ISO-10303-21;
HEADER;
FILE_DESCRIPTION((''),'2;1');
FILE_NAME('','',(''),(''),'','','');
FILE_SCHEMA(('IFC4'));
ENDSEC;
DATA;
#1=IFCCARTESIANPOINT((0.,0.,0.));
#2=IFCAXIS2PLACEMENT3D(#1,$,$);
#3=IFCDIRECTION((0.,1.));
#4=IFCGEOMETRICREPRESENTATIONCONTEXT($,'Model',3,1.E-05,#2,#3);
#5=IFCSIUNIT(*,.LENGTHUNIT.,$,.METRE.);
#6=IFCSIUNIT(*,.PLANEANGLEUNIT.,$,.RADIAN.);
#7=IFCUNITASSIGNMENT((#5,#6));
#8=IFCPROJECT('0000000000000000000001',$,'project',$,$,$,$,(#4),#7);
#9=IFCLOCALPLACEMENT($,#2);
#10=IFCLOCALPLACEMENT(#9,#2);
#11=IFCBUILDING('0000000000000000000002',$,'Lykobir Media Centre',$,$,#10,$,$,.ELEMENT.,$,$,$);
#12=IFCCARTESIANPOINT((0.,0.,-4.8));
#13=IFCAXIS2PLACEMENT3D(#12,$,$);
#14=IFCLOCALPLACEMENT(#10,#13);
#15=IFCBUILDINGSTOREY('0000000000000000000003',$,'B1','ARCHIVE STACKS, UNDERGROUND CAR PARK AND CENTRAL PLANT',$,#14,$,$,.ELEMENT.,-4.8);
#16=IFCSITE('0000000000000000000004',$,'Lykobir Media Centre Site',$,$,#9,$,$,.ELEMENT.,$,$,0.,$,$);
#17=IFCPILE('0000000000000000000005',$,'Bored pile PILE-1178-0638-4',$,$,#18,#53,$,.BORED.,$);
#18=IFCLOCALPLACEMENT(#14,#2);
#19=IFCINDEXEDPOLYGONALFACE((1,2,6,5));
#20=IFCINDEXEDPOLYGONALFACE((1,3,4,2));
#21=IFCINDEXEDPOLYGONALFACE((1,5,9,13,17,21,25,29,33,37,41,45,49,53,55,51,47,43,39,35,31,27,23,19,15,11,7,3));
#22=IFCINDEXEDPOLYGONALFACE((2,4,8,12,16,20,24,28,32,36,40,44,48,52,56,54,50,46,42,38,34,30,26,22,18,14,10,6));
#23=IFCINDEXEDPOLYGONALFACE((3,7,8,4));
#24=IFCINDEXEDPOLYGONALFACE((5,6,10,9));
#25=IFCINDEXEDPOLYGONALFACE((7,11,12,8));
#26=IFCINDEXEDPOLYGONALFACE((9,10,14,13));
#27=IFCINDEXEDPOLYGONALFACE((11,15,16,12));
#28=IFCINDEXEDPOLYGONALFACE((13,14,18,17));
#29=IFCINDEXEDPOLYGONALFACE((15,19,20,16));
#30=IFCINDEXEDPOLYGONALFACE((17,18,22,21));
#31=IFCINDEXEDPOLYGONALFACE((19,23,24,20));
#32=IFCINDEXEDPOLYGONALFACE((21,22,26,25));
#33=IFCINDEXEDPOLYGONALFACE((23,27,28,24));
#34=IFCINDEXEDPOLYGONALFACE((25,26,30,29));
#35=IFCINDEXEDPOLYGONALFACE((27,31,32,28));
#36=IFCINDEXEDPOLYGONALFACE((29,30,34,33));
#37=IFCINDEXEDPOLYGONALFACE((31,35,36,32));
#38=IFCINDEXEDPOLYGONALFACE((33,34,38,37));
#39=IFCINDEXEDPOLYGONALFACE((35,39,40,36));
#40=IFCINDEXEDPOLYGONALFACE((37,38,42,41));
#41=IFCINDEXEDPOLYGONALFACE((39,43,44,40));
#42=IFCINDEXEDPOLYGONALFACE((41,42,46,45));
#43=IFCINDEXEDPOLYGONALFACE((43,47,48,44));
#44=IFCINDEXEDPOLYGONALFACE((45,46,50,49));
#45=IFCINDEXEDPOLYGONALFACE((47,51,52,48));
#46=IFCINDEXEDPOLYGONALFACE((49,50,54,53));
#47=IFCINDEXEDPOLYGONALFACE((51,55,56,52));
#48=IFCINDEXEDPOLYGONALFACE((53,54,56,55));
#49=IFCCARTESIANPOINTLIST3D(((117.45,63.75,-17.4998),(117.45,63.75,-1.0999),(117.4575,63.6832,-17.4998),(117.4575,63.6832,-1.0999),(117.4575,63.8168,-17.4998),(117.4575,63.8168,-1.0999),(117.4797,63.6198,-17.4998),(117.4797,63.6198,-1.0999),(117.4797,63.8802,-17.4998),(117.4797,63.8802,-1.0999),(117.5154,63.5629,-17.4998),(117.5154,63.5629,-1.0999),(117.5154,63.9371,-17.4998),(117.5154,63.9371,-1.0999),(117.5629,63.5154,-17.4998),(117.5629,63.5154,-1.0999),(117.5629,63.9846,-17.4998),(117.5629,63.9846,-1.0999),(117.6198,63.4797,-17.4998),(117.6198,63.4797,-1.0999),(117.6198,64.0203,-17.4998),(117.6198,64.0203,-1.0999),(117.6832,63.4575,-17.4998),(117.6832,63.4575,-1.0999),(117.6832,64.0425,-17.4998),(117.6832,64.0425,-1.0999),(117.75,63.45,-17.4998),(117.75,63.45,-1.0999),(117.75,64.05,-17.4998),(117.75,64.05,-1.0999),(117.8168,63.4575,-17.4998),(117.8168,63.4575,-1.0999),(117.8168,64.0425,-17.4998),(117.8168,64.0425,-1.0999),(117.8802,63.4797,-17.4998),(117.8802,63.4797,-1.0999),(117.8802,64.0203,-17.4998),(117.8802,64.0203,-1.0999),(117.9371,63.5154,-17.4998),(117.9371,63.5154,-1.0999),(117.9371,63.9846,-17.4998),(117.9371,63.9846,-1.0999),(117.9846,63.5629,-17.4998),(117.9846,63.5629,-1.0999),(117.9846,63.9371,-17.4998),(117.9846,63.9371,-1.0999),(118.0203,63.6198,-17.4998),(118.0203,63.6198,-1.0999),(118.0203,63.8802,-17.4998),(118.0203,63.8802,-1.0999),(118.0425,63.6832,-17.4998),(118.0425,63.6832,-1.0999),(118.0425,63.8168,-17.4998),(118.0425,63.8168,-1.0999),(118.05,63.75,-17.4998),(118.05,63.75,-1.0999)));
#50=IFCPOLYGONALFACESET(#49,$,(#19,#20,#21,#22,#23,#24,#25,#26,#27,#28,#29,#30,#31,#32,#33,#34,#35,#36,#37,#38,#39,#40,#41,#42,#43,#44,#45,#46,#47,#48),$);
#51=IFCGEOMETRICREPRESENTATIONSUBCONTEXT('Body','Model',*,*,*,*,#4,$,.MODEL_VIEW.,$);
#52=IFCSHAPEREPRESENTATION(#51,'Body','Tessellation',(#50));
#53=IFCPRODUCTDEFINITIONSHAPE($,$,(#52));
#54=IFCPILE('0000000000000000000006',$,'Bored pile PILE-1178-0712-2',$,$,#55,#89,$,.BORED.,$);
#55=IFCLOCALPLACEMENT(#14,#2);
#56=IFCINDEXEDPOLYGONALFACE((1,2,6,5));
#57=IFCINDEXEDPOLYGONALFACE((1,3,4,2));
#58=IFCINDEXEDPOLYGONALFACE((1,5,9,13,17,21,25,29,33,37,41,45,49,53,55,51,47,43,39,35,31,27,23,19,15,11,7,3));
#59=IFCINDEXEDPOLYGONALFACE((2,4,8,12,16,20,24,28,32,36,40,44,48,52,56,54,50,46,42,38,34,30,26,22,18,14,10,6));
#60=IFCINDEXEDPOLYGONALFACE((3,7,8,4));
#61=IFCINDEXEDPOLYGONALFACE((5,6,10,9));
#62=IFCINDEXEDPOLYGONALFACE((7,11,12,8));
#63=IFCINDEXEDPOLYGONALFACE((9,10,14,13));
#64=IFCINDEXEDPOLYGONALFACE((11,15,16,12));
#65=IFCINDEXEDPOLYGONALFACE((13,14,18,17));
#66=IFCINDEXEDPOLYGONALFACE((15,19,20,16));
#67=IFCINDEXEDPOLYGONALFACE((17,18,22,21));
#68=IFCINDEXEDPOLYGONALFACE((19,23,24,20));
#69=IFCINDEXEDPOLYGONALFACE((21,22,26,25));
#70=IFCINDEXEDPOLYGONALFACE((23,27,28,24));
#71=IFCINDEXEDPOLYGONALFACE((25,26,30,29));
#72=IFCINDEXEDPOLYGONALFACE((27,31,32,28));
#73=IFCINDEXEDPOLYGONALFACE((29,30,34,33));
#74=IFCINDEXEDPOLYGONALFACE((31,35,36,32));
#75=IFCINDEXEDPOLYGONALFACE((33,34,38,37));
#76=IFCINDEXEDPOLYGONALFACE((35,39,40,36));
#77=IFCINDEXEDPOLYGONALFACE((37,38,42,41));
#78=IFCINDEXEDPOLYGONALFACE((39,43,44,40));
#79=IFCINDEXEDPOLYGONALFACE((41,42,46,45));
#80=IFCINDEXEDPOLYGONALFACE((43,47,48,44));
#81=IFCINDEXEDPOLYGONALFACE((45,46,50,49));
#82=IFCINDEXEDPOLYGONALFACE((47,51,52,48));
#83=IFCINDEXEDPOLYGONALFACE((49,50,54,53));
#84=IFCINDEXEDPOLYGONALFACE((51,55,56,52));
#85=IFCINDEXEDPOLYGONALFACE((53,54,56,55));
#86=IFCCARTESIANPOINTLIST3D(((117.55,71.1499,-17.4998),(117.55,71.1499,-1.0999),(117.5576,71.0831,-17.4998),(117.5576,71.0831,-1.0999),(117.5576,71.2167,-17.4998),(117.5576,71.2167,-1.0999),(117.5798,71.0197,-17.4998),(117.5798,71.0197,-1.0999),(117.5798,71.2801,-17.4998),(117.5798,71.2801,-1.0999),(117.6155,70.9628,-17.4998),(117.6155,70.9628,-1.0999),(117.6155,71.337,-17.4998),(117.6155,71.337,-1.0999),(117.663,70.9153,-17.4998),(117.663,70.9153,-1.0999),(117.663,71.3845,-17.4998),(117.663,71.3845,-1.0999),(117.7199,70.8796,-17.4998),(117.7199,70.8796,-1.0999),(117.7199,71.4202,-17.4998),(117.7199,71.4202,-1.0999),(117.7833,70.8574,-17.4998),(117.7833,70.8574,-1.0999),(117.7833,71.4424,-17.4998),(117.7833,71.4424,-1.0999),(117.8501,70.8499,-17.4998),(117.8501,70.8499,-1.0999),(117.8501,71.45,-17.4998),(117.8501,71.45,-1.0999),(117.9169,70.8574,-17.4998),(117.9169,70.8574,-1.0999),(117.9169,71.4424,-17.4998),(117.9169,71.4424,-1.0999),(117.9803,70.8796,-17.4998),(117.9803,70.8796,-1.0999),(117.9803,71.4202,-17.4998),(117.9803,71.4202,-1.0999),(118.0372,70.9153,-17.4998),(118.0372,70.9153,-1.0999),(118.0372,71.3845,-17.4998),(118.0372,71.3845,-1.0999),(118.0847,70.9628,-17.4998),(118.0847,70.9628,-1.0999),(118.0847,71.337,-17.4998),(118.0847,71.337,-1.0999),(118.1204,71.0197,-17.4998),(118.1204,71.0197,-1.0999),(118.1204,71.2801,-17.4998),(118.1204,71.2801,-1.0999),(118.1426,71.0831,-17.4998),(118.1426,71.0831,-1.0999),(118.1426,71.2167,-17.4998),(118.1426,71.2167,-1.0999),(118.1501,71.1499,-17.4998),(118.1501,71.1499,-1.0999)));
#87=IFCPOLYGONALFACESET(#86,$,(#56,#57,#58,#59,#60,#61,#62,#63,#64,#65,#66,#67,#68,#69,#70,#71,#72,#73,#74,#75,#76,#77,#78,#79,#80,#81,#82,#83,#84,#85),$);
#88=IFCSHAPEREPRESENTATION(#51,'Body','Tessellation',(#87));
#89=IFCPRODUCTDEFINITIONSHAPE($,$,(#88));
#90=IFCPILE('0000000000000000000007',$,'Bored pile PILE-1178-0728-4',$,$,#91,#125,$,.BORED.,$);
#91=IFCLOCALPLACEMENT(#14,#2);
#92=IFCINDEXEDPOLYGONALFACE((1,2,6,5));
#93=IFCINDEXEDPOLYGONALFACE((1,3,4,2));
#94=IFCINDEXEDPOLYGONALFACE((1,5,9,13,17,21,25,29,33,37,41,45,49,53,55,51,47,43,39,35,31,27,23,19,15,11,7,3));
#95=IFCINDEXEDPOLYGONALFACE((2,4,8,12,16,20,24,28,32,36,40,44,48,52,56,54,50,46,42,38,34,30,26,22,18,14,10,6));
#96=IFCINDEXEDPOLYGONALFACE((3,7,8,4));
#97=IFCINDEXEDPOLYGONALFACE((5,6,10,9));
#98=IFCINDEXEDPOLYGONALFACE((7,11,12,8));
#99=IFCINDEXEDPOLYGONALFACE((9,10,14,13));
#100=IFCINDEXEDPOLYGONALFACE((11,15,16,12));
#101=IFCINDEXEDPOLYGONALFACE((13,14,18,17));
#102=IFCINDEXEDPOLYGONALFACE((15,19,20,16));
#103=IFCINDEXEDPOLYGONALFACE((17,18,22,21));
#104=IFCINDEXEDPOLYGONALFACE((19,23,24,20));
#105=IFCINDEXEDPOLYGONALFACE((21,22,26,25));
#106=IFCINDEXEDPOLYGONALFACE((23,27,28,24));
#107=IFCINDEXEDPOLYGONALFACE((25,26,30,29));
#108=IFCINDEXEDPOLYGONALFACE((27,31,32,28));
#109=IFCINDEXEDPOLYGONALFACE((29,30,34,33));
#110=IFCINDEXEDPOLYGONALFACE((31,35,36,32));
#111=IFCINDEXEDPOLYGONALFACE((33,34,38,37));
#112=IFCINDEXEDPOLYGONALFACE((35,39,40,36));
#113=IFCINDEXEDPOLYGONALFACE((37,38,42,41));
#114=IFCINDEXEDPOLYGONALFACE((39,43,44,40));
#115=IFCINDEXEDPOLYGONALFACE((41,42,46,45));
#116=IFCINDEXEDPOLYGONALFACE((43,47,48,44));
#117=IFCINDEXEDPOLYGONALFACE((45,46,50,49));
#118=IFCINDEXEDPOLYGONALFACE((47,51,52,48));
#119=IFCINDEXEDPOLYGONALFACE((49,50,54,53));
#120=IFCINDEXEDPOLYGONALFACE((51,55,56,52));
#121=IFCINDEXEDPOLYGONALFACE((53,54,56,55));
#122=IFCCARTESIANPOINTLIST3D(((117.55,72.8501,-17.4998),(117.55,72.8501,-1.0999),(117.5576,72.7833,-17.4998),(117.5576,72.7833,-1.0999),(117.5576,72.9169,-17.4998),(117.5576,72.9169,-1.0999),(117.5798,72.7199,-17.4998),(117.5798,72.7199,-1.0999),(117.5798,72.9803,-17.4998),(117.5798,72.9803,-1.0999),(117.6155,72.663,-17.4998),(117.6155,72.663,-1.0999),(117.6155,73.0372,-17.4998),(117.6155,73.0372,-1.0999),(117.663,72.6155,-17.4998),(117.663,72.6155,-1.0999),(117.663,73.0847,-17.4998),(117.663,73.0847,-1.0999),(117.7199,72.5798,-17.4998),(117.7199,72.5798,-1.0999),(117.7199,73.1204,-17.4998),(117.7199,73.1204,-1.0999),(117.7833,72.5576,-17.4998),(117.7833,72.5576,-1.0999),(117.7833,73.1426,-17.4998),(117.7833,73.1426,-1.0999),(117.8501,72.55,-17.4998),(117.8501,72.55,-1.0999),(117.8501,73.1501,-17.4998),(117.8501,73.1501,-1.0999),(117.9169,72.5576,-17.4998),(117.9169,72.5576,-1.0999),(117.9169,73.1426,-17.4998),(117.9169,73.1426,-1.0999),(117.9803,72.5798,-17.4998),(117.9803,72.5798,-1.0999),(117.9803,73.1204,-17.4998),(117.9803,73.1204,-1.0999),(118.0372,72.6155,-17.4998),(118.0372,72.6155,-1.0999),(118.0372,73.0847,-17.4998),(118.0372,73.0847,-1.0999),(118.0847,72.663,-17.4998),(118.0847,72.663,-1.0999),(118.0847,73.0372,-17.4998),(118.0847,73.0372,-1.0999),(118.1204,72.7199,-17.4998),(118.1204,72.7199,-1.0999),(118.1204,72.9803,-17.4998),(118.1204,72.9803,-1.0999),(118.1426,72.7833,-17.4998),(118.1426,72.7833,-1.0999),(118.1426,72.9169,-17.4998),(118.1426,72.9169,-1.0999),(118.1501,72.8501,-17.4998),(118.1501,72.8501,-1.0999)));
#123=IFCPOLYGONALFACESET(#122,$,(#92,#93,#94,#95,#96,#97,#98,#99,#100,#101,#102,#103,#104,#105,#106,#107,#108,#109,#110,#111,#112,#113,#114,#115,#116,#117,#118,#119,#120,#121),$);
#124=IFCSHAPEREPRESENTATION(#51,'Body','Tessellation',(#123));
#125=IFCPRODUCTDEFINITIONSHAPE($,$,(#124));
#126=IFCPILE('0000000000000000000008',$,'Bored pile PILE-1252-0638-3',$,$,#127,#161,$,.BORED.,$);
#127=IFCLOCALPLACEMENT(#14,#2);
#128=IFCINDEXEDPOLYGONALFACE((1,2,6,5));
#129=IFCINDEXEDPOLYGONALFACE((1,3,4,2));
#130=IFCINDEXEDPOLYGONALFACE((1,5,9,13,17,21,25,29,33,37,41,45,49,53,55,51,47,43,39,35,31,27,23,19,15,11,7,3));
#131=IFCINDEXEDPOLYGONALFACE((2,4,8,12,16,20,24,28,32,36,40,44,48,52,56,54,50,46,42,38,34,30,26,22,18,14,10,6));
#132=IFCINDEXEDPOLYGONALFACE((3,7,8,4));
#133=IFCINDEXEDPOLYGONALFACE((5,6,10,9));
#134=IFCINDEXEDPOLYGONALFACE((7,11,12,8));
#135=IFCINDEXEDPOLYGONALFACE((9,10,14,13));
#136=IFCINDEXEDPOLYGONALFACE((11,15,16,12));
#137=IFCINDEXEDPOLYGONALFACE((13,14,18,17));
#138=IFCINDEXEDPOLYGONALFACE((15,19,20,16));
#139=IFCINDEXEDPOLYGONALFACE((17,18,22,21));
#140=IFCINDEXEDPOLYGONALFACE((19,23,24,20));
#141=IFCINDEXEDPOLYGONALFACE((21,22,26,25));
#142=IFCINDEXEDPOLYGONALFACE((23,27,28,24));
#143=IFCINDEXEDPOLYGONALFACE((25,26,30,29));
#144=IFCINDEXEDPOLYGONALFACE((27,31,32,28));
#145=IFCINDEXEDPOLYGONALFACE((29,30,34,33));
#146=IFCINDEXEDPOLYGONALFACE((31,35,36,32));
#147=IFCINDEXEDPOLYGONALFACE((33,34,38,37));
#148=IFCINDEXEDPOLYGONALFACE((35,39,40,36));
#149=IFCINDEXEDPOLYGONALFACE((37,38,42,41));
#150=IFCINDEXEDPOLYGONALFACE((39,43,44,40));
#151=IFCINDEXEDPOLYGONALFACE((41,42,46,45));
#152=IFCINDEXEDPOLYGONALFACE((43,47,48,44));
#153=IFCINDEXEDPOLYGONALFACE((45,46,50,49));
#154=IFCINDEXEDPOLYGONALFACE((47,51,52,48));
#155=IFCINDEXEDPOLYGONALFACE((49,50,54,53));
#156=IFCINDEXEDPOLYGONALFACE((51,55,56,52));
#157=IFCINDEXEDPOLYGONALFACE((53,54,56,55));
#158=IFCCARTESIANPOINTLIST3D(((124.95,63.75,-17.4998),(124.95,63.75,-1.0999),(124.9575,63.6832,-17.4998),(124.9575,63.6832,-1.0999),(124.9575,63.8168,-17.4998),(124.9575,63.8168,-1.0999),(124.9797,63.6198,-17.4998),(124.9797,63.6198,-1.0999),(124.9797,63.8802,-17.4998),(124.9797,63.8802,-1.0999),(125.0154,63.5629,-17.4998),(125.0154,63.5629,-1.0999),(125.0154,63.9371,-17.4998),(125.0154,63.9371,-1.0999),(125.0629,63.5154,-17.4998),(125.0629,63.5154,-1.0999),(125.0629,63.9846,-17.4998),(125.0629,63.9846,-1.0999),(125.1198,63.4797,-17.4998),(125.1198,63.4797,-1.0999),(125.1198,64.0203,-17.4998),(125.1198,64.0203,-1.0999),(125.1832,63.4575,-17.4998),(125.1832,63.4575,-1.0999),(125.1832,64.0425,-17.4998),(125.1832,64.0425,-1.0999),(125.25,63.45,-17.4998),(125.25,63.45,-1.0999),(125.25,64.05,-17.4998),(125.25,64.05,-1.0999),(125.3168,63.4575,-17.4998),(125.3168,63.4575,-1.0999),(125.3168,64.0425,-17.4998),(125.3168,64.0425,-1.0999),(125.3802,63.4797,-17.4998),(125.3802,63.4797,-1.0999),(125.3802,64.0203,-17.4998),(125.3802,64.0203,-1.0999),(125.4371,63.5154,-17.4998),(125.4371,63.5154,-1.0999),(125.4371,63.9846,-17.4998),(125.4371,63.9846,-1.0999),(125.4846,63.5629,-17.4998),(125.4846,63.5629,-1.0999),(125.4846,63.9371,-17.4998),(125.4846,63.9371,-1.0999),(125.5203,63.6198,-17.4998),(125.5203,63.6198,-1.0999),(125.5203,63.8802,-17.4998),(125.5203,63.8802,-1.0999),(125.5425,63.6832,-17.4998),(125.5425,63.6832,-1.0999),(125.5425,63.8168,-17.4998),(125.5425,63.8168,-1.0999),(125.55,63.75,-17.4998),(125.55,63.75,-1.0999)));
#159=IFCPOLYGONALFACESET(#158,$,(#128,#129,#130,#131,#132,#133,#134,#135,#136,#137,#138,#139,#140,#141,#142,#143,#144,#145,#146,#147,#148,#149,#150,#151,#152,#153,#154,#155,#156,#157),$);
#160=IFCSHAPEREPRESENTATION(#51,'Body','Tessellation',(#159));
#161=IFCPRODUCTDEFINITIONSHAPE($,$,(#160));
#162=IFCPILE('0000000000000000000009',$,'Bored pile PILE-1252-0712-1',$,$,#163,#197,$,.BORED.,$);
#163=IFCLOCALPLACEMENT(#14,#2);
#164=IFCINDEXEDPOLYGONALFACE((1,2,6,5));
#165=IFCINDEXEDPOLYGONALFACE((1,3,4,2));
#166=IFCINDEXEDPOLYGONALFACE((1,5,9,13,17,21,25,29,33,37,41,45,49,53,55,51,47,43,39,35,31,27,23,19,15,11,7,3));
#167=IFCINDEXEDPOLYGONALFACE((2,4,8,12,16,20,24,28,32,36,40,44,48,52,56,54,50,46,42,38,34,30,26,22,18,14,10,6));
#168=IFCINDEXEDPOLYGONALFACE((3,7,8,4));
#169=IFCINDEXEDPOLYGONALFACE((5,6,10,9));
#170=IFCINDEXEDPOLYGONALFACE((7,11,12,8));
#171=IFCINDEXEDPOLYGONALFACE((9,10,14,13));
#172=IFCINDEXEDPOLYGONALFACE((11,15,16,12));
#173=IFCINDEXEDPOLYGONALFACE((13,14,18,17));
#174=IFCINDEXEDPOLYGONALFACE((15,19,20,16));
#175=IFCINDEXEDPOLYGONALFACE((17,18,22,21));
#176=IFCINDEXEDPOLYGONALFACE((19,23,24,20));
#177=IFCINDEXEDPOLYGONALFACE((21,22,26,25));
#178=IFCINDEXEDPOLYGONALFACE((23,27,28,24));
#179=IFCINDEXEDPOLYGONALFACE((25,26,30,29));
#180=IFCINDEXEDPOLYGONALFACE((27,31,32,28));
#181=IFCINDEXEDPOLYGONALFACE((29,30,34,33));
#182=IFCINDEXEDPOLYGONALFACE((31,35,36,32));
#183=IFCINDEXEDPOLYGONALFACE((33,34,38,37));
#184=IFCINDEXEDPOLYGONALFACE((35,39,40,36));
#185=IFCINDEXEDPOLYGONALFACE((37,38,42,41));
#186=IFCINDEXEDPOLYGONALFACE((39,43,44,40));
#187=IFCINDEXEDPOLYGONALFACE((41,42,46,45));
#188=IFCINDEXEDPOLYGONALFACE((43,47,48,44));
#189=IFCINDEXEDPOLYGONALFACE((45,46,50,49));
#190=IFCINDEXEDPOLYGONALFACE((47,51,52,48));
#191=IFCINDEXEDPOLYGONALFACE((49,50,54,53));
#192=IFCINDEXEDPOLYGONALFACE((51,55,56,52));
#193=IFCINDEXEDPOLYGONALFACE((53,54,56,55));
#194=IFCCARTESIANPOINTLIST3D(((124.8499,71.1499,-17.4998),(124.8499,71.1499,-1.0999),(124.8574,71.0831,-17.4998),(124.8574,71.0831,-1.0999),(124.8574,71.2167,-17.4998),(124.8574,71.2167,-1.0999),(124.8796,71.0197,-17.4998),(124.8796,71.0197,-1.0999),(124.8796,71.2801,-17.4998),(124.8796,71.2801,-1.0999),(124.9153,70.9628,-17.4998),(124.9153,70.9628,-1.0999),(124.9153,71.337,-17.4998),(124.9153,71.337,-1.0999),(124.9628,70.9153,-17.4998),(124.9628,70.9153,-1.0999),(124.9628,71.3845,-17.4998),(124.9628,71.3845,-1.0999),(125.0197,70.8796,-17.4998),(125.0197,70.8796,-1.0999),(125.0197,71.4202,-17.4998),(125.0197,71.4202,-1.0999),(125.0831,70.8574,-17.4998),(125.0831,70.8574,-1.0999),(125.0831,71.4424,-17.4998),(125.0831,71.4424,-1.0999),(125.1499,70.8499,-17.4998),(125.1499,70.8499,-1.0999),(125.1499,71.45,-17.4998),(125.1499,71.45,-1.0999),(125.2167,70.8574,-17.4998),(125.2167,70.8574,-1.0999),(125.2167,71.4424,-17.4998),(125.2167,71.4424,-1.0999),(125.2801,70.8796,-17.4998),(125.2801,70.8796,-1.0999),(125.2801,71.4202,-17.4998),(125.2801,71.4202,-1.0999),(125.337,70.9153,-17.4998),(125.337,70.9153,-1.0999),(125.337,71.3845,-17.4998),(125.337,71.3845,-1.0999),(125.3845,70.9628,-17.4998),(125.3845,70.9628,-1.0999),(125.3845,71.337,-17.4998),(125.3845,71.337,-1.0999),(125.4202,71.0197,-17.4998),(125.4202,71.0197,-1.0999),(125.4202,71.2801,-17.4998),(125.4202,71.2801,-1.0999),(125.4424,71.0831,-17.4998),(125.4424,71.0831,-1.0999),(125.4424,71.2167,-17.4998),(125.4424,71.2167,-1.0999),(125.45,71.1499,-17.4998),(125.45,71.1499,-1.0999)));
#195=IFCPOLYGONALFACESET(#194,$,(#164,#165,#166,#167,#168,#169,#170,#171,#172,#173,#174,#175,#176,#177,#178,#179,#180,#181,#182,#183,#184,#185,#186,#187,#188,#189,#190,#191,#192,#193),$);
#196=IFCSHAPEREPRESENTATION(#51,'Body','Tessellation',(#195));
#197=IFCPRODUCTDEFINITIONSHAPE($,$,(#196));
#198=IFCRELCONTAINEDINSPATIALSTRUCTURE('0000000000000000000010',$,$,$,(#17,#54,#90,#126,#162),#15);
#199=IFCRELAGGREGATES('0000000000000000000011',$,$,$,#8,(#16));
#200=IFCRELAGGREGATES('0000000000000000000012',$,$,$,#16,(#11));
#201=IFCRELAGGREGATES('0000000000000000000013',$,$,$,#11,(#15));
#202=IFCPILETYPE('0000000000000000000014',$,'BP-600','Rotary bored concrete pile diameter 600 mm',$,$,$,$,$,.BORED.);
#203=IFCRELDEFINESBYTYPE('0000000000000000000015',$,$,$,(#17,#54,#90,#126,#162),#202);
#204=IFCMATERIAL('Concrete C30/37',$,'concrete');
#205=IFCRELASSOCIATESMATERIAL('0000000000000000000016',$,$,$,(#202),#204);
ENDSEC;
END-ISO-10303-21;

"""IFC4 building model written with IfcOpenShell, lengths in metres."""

from ifc_helpers import new_model, si_unit, direction, frame, origin, origin_2d, place, context, subcontext, project, spatial, circle, extrude, material, material_profile, profile_set, type_object, element, save


model = new_model("IFC4")

# Units and contexts
model_context = context("Model", 3, precision=1e-05, world=origin(), true_north=direction((0.0, 1.0)))
body_context = subcontext(model_context, "Body", "Model", "MODEL_VIEW")
ifc_project = project(units=[si_unit("LENGTHUNIT", "METRE"), si_unit("PLANEANGLEUNIT", "RADIAN")], contexts=[model_context])

# Site, building, storey
site_placement = place(None, origin())
site = spatial("IfcSite", under=ifc_project, at=site_placement, Name="Lykobir Media Centre Site", CompositionType="ELEMENT", RefElevation=0.0)
building_placement = place(site_placement, origin())
building = spatial("IfcBuilding", under=site, at=building_placement, Name="Lykobir Media Centre", CompositionType="ELEMENT")
storey_placement = place(building_placement, frame((0.0, 0.0, -4.8)))
storey = spatial("IfcBuildingStorey", under=building, at=storey_placement, Name="B1", Description="ARCHIVE STACKS, UNDERGROUND CAR PARK AND CENTRAL PLANT", CompositionType="ELEMENT", Elevation=-4.8)

# Piles
ifc_material_1 = material(Name="Concrete C30/37", Category="concrete")
ifc_material_profile_1 = material_profile(ifc_material_1, circle(Radius=0.3, at=origin_2d()), Name="BORED PILE D600")
ifc_profile_set_1 = profile_set([ifc_material_profile_1], Name="Concrete C30/37")
pile_type = type_object("IfcPileType", Name="BP-600", Description="Rotary bored concrete pile diameter 600 mm", PredefinedType="BORED", material=ifc_profile_set_1)
for number, where, z_axis, x_axis, name in (
    (1, (117.75, 63.75, -1.0999), (0.0, 0.0, -1.0), (1.0, 0.0, 0.0), "Bored pile PILE-1178-0638-4"),
    (2, (117.8501, 71.1499, -1.0999), (0.0, 0.0, -1.0), (1.0, 0.0, 0.0), "Bored pile PILE-1178-0712-2"),
    (3, (117.8501, 72.8501, -1.0999), (0.0, 0.0, -1.0), (1.0, 0.0, 0.0), "Bored pile PILE-1178-0728-4"),
    (4, (125.25, 63.75, -1.0999), (0.0, 0.0, -1.0), (1.0, 0.0, 0.0), "Bored pile PILE-1252-0638-3"),
    (5, (125.1499, 71.1499, -1.0999), (0.0, 0.0, -1.0), (1.0, 0.0, 0.0), "Bored pile PILE-1252-0712-1"),
):
    element("IfcPile", number, at=place(storey_placement, frame(where, z_axis=z_axis, x_axis=x_axis)), inside=storey, type_object=pile_type, Name=name, PredefinedType="BORED", context=body_context, shape_type="SweptSolid", body=[
        extrude(circle(Radius=0.3, at=origin_2d()), origin(), (0.0, 0.0, 1.0), 16.3999),
    ])

save(model, "model.ifc")
